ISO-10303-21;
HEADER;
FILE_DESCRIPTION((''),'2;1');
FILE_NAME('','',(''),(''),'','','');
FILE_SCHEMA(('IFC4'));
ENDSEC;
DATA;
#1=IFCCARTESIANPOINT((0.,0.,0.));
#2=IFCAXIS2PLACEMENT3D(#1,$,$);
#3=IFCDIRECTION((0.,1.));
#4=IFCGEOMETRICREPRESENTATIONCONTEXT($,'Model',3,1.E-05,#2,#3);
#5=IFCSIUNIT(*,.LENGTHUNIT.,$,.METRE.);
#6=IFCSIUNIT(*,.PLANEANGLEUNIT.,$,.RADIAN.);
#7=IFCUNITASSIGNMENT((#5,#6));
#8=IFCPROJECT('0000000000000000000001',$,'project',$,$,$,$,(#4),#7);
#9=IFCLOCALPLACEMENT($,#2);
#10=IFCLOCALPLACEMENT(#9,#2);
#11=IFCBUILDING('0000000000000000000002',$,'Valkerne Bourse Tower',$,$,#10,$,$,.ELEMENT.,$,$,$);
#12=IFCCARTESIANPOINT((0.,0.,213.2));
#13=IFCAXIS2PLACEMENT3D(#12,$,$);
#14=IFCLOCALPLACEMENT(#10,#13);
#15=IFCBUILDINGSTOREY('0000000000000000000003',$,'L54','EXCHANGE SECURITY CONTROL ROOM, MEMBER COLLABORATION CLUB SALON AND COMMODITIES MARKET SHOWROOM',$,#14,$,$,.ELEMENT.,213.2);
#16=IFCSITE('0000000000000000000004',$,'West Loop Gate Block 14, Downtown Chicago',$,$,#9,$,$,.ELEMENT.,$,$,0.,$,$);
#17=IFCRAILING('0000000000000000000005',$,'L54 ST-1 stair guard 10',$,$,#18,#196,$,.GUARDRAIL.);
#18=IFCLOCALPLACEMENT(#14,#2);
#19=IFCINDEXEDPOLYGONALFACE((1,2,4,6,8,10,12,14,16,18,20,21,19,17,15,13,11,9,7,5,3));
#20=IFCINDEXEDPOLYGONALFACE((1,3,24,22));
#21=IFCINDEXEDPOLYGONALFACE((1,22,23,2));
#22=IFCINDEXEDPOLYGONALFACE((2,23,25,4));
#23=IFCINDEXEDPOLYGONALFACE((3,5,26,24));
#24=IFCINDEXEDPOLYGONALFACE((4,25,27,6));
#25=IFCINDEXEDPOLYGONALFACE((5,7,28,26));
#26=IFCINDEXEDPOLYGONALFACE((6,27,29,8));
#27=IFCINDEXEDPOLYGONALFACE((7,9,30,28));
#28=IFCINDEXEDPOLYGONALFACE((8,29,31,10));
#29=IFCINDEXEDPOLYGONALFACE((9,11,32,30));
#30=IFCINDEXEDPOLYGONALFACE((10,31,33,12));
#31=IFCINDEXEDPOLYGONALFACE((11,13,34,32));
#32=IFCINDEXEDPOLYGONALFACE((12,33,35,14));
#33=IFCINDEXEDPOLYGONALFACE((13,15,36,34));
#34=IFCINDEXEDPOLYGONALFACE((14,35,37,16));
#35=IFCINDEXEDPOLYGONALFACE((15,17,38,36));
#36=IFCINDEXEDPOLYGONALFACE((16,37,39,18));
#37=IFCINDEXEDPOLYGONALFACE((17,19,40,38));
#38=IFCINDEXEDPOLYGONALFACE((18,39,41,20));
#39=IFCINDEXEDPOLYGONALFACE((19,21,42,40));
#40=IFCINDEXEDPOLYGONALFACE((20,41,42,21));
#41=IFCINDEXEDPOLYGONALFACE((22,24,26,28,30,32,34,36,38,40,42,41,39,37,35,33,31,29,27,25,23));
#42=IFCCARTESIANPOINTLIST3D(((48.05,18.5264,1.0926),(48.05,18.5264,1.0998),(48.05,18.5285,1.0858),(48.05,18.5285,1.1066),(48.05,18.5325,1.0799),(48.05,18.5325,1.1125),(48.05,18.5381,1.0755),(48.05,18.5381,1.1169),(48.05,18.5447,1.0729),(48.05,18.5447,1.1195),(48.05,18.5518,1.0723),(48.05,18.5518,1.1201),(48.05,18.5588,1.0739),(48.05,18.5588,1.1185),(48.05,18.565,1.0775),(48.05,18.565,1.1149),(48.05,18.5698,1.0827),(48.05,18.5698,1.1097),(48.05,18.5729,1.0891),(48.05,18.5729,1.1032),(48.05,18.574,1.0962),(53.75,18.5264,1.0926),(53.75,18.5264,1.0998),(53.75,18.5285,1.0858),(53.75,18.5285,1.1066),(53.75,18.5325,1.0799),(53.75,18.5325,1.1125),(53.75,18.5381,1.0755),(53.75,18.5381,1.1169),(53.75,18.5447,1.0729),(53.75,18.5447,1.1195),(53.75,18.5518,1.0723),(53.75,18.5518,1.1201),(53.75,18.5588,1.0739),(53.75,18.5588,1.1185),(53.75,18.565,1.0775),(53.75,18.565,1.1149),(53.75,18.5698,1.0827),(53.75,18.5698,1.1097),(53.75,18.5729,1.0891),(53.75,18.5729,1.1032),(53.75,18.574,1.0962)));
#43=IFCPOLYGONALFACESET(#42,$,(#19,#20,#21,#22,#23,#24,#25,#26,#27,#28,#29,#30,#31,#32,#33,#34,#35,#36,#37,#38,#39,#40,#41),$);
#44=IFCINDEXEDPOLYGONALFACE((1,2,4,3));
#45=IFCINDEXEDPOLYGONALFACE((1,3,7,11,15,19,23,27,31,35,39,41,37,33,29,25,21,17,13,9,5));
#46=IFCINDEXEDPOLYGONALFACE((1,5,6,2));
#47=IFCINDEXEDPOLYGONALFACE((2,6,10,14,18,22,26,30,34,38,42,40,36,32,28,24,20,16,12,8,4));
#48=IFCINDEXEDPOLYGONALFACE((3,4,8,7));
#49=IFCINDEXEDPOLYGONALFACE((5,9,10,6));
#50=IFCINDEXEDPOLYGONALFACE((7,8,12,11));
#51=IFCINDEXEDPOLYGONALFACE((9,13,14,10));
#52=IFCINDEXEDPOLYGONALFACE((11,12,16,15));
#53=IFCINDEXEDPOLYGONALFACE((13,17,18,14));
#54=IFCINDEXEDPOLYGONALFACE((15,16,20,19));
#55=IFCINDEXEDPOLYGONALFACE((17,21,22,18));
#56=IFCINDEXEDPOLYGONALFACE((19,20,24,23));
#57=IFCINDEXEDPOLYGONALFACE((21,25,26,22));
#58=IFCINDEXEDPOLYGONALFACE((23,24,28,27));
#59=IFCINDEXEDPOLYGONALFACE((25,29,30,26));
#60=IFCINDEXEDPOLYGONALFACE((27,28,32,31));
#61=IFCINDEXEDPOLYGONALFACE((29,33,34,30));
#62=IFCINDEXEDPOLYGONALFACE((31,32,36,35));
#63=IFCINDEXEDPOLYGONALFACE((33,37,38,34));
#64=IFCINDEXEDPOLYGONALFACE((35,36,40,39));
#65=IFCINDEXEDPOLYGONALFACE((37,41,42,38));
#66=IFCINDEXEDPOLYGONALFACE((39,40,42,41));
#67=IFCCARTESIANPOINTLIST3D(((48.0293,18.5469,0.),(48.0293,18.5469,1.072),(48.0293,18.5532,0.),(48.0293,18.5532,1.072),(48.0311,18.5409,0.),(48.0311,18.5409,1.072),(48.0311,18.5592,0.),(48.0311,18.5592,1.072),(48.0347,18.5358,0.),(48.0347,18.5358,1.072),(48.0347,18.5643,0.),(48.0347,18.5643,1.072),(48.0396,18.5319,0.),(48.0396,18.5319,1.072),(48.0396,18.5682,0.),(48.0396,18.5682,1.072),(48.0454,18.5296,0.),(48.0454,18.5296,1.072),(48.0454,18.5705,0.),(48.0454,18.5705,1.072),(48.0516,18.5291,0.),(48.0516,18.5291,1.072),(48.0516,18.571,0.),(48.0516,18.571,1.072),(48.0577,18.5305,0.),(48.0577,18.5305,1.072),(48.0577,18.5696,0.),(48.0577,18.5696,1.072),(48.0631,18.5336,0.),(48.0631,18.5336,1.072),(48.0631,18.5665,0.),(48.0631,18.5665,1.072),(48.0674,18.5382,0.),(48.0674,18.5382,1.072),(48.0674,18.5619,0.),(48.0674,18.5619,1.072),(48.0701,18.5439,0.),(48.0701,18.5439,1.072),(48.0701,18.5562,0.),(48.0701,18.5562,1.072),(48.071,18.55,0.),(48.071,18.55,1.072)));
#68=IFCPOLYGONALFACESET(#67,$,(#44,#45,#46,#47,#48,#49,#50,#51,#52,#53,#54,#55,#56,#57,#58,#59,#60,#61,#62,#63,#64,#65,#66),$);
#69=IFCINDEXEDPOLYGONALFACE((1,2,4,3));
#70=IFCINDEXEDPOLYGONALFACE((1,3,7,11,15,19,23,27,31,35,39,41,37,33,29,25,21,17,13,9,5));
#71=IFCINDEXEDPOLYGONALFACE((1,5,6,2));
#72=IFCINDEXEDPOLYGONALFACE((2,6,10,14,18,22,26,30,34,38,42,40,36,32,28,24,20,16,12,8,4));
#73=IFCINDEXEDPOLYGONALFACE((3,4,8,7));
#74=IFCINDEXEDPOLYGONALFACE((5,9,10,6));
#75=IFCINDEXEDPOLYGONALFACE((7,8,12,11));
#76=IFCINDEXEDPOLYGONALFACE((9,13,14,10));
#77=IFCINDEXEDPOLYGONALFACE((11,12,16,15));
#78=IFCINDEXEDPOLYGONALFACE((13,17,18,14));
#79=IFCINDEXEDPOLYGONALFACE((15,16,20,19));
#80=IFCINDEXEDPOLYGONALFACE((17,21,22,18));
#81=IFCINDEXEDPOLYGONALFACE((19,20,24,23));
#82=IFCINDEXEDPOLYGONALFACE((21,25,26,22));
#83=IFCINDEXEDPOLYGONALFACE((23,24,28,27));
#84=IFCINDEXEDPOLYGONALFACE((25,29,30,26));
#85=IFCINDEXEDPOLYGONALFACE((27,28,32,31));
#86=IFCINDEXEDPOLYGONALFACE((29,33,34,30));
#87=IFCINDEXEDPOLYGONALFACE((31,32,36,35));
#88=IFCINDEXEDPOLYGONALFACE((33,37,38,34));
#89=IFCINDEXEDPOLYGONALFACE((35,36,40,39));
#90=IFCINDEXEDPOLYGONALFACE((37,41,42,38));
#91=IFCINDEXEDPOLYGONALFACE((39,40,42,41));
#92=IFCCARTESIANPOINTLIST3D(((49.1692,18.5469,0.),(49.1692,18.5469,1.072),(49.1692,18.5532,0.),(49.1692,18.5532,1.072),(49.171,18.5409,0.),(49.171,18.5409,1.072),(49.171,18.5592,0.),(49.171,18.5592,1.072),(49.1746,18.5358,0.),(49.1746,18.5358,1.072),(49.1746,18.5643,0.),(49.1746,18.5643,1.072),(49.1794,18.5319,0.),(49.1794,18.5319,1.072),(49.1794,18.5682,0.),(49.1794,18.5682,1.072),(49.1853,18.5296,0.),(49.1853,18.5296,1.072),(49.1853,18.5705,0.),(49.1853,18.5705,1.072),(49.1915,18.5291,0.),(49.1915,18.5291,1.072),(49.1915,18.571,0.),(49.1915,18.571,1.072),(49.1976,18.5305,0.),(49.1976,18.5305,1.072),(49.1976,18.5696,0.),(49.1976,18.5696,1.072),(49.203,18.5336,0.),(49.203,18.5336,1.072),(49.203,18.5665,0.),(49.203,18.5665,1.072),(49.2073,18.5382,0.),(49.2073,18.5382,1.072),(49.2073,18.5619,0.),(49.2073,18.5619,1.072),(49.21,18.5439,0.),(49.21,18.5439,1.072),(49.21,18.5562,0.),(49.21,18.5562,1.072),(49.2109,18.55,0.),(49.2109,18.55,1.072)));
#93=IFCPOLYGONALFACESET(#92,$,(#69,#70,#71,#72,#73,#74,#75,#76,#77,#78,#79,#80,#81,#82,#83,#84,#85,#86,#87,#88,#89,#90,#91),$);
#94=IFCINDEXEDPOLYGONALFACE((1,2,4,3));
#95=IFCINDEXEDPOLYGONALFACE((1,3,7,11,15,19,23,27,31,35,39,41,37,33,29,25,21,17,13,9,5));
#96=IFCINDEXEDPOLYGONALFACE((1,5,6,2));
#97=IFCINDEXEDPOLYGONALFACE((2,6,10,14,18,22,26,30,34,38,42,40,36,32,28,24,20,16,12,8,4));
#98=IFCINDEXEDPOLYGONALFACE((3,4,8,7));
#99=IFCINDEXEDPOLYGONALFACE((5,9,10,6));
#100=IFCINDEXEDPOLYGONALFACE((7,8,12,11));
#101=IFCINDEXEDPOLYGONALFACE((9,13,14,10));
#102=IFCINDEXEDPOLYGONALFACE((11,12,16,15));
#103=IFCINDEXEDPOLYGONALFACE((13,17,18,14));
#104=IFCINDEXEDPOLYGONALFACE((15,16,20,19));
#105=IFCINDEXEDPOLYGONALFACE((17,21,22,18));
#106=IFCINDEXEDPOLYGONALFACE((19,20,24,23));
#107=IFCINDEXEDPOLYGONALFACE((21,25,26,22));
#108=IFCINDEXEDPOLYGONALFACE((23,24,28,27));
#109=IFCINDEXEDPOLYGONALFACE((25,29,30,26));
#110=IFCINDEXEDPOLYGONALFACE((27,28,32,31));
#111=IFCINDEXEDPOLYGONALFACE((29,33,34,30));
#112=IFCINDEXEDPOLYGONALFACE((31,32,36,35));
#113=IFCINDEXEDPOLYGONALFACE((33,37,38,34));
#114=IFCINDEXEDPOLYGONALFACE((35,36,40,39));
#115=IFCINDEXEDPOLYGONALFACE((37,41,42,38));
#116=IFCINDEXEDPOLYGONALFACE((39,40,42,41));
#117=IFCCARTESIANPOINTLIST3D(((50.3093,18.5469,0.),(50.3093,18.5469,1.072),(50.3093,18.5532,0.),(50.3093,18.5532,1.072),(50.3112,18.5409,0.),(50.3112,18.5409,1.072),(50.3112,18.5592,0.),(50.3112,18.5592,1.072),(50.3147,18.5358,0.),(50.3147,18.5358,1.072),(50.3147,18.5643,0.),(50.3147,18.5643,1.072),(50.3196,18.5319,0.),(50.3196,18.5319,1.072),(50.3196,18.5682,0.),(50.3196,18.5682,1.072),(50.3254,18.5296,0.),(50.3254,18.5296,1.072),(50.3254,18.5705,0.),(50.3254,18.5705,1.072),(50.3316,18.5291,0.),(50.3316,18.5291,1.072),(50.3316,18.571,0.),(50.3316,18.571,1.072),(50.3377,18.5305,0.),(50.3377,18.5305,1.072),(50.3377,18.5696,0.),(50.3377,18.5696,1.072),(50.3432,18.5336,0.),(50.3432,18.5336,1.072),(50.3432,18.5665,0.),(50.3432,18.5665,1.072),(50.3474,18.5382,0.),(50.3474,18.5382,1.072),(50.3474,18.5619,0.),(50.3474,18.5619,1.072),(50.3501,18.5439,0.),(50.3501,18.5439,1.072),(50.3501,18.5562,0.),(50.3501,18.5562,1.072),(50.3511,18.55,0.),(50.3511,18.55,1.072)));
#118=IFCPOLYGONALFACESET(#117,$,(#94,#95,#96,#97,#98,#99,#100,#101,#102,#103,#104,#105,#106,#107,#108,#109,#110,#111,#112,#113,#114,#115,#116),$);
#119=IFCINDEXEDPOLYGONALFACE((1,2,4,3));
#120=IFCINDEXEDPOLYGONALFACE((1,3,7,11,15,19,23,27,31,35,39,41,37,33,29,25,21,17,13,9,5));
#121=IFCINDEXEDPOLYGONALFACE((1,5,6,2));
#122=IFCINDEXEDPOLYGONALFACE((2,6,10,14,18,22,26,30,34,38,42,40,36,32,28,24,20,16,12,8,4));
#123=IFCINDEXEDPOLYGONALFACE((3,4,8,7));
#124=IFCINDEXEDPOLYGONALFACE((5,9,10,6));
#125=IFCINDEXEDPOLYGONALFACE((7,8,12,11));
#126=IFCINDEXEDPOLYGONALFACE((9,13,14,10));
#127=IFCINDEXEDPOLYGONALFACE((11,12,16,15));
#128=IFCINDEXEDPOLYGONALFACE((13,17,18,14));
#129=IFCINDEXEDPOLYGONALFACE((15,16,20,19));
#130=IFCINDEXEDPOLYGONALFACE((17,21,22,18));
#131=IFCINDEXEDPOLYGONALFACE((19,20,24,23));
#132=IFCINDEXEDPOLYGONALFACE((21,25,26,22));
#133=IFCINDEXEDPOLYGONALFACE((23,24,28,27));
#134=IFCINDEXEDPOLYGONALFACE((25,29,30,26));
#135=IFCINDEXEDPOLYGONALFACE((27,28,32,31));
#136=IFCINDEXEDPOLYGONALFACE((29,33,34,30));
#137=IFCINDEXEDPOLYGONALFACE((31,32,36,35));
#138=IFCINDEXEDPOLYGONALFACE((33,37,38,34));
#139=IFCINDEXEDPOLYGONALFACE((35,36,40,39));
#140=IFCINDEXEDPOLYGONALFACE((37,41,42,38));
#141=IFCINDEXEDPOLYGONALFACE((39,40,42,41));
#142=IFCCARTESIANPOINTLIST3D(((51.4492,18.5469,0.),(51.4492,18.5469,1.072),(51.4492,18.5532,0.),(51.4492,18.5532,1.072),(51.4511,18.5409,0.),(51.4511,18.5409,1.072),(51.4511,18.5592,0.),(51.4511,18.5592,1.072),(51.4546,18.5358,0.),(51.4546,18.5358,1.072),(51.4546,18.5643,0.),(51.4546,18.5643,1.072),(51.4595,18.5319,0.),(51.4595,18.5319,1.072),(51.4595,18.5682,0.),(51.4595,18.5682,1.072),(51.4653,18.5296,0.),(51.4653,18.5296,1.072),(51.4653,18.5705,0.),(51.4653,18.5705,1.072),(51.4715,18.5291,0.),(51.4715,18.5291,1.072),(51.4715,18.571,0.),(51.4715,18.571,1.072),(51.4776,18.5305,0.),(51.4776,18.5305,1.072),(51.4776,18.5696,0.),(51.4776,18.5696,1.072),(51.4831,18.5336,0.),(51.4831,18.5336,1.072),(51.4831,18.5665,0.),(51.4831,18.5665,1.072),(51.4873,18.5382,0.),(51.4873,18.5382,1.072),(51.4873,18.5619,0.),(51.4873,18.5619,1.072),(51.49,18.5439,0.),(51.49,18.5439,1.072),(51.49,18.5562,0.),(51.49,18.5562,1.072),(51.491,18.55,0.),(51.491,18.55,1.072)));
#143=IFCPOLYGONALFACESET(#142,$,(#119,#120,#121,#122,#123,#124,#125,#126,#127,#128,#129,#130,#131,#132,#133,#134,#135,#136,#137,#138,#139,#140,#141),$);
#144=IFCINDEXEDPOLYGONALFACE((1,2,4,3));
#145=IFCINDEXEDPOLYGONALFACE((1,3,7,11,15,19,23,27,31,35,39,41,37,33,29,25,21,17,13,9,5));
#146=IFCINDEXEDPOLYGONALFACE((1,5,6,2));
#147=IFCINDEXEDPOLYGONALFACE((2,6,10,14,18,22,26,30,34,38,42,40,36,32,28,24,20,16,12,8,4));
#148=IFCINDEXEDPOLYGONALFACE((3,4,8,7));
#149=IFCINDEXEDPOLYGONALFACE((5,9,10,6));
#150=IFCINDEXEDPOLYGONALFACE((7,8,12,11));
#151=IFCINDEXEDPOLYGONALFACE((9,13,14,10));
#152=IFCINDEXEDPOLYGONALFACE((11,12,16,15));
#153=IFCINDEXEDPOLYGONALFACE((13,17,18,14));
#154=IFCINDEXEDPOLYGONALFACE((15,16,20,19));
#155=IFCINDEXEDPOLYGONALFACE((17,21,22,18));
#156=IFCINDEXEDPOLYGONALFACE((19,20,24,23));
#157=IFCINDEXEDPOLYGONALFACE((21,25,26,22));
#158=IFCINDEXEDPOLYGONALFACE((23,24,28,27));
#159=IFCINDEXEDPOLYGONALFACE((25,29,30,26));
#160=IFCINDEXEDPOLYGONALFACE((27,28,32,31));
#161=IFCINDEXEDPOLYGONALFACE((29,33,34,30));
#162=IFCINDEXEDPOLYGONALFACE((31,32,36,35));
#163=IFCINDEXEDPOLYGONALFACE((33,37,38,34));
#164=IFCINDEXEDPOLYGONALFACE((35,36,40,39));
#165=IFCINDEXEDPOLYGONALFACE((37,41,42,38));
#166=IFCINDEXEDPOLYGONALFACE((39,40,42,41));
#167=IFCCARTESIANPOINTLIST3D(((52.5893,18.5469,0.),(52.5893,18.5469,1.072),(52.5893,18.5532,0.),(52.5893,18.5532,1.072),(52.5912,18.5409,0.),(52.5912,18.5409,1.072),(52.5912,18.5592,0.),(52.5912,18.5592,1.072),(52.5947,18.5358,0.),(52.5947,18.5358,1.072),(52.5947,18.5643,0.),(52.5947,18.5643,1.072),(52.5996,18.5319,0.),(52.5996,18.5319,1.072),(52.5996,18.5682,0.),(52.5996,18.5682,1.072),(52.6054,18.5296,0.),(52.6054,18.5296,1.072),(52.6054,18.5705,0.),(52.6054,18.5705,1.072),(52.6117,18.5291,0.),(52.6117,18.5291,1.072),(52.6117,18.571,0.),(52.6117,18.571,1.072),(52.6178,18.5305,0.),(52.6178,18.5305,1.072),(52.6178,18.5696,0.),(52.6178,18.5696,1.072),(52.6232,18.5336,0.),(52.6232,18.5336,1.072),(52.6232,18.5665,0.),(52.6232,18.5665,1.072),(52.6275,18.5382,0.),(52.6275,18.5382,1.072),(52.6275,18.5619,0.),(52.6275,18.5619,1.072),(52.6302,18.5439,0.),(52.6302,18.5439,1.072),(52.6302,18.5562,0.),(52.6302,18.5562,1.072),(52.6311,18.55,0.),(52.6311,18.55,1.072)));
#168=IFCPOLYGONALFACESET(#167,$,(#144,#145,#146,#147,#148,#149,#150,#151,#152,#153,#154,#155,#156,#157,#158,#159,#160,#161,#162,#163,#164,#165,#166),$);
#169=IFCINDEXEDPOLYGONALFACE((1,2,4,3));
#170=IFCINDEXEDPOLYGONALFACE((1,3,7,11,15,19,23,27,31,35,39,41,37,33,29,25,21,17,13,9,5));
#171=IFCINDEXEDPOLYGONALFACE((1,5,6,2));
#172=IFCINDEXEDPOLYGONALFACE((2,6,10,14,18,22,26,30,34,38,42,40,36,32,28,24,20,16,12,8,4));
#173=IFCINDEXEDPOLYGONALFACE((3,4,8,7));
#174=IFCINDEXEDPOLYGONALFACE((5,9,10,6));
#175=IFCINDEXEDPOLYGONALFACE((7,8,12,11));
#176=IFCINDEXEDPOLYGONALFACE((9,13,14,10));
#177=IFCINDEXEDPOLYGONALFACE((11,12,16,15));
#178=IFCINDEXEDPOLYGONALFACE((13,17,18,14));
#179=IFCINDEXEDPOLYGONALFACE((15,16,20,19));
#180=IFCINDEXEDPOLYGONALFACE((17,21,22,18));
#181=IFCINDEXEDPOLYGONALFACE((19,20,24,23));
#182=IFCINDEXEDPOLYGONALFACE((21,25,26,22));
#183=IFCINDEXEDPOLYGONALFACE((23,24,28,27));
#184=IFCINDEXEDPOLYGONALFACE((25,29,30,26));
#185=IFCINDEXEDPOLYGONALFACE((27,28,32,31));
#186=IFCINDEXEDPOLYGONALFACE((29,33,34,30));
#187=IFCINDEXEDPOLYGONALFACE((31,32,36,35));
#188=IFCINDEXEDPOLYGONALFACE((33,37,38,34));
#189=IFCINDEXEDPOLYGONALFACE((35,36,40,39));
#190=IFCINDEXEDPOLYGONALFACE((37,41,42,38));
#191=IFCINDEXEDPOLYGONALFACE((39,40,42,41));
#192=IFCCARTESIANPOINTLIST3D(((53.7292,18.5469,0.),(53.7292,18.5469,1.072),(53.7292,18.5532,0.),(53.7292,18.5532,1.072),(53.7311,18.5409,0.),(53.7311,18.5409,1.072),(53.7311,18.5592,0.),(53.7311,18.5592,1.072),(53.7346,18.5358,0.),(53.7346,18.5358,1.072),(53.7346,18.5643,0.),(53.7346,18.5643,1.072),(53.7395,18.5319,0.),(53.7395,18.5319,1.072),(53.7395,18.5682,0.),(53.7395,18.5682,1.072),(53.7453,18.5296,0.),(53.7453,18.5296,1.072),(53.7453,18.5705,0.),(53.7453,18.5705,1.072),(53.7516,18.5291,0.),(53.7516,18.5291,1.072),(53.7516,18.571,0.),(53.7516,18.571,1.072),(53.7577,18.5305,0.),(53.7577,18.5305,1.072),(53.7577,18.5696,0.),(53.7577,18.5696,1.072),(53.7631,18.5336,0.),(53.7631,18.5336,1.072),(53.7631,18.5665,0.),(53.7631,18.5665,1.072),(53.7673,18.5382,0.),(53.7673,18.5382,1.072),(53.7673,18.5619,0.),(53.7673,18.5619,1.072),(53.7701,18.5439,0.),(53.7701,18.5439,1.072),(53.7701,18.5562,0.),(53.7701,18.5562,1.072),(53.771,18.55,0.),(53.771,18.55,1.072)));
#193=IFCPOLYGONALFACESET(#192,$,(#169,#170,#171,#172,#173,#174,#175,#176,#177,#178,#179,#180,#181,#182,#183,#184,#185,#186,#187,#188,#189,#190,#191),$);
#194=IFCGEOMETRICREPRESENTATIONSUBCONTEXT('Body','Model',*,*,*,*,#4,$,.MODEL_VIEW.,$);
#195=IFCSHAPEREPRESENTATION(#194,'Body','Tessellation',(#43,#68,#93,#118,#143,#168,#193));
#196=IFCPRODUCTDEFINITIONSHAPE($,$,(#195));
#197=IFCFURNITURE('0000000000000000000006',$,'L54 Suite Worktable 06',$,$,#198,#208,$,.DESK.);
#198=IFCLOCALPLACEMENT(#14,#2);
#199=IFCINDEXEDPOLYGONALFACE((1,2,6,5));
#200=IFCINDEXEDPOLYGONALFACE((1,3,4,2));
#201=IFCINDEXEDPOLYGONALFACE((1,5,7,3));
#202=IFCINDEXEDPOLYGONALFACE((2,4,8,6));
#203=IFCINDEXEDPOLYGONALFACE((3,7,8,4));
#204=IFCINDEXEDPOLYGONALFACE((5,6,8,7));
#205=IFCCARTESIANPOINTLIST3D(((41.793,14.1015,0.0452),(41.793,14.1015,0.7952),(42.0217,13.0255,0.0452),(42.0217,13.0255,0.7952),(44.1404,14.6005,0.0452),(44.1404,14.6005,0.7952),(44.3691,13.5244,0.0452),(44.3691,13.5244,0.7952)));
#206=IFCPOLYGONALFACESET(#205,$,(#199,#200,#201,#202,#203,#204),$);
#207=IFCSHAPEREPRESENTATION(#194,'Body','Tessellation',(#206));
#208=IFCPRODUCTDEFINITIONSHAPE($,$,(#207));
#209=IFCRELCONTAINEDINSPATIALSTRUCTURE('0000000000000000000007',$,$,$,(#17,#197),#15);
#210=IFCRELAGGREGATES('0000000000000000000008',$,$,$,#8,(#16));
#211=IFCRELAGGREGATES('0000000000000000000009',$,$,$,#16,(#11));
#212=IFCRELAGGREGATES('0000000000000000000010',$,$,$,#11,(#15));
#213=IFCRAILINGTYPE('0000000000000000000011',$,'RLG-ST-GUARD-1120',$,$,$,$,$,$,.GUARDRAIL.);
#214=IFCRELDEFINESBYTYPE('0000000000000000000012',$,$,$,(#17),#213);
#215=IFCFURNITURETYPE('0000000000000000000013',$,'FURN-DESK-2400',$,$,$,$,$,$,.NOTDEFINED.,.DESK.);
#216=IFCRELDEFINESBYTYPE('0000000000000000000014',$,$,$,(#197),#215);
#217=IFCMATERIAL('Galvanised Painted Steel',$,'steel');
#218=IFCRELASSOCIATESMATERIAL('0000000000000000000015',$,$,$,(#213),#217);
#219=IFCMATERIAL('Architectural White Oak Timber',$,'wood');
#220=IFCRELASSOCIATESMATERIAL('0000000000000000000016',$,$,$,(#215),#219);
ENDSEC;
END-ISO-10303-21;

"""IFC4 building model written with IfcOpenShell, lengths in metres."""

from ifc_helpers import new_model, si_unit, direction, frame, origin, origin_2d, place, context, subcontext, project, spatial, rectangle, circle, extrude, material, type_object, element, save


model = new_model("IFC4")

# Units and contexts
model_context = context("Model", 3, precision=1e-05, world=origin(), true_north=direction((0.0, 1.0)))
body_context = subcontext(model_context, "Body", "Model", "MODEL_VIEW")
ifc_project = project(units=[si_unit("LENGTHUNIT", "METRE"), si_unit("PLANEANGLEUNIT", "RADIAN")], contexts=[model_context])

# Site, building, storey
site_placement = place(None, origin())
site = spatial("IfcSite", under=ifc_project, at=site_placement, Name="West Loop Gate Block 14, Downtown Chicago", CompositionType="ELEMENT", RefElevation=0.0)
building_placement = place(site_placement, origin())
building = spatial("IfcBuilding", under=site, at=building_placement, Name="Valkerne Bourse Tower", CompositionType="ELEMENT")
storey_placement = place(building_placement, frame((0.0, 0.0, 213.2)))
storey = spatial("IfcBuildingStorey", under=building, at=storey_placement, Name="L54", Description="EXCHANGE SECURITY CONTROL ROOM, MEMBER COLLABORATION CLUB SALON AND COMMODITIES MARKET SHOWROOM", CompositionType="ELEMENT", Elevation=213.2)

# Railing
ifc_material_1 = material(Name="Galvanised Painted Steel", Category="steel")
railing_type = type_object("IfcRailingType", Name="RLG-ST-GUARD-1120", PredefinedType="GUARDRAIL", material=ifc_material_1)
railing_placement = place(storey_placement, frame((48.05, 18.55, 0.0)))
element("IfcRailing", 1, at=railing_placement, inside=storey, type_object=railing_type, Name="L54 ST-1 stair guard 10", PredefinedType="GUARDRAIL", context=body_context, shape_type="SweptSolid", body=[
    extrude(circle(Radius=0.0239, at=origin_2d()), frame((0.0, 0.0, 1.0962), z_axis=(1.0, 0.0, 0.0), x_axis=(0.0, 1.0, 0.0)), (0.0, 0.0, 1.0), 5.7),
    extrude(circle(Radius=0.021, at=origin_2d()), origin(), (0.0, 0.0, 1.0), 1.072),
    extrude(circle(Radius=0.021, at=origin_2d()), frame((1.1399, 0.0, 0.0)), (0.0, 0.0, 1.0), 1.072),
    extrude(circle(Radius=0.021, at=origin_2d()), frame((2.28, 0.0, 0.0)), (0.0, 0.0, 1.0), 1.072),
    extrude(circle(Radius=0.021, at=origin_2d()), frame((3.4199, 0.0, 0.0)), (0.0, 0.0, 1.0), 1.072),
    extrude(circle(Radius=0.021, at=origin_2d()), frame((4.5601, 0.0, 0.0)), (0.0, 0.0, 1.0), 1.072),
    extrude(circle(Radius=0.021, at=origin_2d()), frame((5.7, 0.0, 0.0)), (0.0, 0.0, 1.0), 1.072),
])

# Furniture
ifc_material_2 = material(Name="Architectural White Oak Timber", Category="wood")
furniture_type = type_object("IfcFurnitureType", Name="FURN-DESK-2400", AssemblyPlace="NOTDEFINED", PredefinedType="DESK", material=ifc_material_2)
furniture_placement = place(storey_placement, frame((43.0811, 13.813, 0.0452), z_axis=(0.0, 0.0, 1.0), x_axis=(0.978148, 0.207912, 0.0)))
element("IfcFurniture", 2, at=furniture_placement, inside=storey, type_object=furniture_type, Name="L54 Suite Worktable 06", PredefinedType="DESK", context=body_context, shape_type="SweptSolid", body=[
    extrude(rectangle(XDim=2.3999, YDim=1.1001, at=origin_2d()), origin(), (0.0, 0.0, 1.0), 0.75),
])

save(model, "model.ifc")
